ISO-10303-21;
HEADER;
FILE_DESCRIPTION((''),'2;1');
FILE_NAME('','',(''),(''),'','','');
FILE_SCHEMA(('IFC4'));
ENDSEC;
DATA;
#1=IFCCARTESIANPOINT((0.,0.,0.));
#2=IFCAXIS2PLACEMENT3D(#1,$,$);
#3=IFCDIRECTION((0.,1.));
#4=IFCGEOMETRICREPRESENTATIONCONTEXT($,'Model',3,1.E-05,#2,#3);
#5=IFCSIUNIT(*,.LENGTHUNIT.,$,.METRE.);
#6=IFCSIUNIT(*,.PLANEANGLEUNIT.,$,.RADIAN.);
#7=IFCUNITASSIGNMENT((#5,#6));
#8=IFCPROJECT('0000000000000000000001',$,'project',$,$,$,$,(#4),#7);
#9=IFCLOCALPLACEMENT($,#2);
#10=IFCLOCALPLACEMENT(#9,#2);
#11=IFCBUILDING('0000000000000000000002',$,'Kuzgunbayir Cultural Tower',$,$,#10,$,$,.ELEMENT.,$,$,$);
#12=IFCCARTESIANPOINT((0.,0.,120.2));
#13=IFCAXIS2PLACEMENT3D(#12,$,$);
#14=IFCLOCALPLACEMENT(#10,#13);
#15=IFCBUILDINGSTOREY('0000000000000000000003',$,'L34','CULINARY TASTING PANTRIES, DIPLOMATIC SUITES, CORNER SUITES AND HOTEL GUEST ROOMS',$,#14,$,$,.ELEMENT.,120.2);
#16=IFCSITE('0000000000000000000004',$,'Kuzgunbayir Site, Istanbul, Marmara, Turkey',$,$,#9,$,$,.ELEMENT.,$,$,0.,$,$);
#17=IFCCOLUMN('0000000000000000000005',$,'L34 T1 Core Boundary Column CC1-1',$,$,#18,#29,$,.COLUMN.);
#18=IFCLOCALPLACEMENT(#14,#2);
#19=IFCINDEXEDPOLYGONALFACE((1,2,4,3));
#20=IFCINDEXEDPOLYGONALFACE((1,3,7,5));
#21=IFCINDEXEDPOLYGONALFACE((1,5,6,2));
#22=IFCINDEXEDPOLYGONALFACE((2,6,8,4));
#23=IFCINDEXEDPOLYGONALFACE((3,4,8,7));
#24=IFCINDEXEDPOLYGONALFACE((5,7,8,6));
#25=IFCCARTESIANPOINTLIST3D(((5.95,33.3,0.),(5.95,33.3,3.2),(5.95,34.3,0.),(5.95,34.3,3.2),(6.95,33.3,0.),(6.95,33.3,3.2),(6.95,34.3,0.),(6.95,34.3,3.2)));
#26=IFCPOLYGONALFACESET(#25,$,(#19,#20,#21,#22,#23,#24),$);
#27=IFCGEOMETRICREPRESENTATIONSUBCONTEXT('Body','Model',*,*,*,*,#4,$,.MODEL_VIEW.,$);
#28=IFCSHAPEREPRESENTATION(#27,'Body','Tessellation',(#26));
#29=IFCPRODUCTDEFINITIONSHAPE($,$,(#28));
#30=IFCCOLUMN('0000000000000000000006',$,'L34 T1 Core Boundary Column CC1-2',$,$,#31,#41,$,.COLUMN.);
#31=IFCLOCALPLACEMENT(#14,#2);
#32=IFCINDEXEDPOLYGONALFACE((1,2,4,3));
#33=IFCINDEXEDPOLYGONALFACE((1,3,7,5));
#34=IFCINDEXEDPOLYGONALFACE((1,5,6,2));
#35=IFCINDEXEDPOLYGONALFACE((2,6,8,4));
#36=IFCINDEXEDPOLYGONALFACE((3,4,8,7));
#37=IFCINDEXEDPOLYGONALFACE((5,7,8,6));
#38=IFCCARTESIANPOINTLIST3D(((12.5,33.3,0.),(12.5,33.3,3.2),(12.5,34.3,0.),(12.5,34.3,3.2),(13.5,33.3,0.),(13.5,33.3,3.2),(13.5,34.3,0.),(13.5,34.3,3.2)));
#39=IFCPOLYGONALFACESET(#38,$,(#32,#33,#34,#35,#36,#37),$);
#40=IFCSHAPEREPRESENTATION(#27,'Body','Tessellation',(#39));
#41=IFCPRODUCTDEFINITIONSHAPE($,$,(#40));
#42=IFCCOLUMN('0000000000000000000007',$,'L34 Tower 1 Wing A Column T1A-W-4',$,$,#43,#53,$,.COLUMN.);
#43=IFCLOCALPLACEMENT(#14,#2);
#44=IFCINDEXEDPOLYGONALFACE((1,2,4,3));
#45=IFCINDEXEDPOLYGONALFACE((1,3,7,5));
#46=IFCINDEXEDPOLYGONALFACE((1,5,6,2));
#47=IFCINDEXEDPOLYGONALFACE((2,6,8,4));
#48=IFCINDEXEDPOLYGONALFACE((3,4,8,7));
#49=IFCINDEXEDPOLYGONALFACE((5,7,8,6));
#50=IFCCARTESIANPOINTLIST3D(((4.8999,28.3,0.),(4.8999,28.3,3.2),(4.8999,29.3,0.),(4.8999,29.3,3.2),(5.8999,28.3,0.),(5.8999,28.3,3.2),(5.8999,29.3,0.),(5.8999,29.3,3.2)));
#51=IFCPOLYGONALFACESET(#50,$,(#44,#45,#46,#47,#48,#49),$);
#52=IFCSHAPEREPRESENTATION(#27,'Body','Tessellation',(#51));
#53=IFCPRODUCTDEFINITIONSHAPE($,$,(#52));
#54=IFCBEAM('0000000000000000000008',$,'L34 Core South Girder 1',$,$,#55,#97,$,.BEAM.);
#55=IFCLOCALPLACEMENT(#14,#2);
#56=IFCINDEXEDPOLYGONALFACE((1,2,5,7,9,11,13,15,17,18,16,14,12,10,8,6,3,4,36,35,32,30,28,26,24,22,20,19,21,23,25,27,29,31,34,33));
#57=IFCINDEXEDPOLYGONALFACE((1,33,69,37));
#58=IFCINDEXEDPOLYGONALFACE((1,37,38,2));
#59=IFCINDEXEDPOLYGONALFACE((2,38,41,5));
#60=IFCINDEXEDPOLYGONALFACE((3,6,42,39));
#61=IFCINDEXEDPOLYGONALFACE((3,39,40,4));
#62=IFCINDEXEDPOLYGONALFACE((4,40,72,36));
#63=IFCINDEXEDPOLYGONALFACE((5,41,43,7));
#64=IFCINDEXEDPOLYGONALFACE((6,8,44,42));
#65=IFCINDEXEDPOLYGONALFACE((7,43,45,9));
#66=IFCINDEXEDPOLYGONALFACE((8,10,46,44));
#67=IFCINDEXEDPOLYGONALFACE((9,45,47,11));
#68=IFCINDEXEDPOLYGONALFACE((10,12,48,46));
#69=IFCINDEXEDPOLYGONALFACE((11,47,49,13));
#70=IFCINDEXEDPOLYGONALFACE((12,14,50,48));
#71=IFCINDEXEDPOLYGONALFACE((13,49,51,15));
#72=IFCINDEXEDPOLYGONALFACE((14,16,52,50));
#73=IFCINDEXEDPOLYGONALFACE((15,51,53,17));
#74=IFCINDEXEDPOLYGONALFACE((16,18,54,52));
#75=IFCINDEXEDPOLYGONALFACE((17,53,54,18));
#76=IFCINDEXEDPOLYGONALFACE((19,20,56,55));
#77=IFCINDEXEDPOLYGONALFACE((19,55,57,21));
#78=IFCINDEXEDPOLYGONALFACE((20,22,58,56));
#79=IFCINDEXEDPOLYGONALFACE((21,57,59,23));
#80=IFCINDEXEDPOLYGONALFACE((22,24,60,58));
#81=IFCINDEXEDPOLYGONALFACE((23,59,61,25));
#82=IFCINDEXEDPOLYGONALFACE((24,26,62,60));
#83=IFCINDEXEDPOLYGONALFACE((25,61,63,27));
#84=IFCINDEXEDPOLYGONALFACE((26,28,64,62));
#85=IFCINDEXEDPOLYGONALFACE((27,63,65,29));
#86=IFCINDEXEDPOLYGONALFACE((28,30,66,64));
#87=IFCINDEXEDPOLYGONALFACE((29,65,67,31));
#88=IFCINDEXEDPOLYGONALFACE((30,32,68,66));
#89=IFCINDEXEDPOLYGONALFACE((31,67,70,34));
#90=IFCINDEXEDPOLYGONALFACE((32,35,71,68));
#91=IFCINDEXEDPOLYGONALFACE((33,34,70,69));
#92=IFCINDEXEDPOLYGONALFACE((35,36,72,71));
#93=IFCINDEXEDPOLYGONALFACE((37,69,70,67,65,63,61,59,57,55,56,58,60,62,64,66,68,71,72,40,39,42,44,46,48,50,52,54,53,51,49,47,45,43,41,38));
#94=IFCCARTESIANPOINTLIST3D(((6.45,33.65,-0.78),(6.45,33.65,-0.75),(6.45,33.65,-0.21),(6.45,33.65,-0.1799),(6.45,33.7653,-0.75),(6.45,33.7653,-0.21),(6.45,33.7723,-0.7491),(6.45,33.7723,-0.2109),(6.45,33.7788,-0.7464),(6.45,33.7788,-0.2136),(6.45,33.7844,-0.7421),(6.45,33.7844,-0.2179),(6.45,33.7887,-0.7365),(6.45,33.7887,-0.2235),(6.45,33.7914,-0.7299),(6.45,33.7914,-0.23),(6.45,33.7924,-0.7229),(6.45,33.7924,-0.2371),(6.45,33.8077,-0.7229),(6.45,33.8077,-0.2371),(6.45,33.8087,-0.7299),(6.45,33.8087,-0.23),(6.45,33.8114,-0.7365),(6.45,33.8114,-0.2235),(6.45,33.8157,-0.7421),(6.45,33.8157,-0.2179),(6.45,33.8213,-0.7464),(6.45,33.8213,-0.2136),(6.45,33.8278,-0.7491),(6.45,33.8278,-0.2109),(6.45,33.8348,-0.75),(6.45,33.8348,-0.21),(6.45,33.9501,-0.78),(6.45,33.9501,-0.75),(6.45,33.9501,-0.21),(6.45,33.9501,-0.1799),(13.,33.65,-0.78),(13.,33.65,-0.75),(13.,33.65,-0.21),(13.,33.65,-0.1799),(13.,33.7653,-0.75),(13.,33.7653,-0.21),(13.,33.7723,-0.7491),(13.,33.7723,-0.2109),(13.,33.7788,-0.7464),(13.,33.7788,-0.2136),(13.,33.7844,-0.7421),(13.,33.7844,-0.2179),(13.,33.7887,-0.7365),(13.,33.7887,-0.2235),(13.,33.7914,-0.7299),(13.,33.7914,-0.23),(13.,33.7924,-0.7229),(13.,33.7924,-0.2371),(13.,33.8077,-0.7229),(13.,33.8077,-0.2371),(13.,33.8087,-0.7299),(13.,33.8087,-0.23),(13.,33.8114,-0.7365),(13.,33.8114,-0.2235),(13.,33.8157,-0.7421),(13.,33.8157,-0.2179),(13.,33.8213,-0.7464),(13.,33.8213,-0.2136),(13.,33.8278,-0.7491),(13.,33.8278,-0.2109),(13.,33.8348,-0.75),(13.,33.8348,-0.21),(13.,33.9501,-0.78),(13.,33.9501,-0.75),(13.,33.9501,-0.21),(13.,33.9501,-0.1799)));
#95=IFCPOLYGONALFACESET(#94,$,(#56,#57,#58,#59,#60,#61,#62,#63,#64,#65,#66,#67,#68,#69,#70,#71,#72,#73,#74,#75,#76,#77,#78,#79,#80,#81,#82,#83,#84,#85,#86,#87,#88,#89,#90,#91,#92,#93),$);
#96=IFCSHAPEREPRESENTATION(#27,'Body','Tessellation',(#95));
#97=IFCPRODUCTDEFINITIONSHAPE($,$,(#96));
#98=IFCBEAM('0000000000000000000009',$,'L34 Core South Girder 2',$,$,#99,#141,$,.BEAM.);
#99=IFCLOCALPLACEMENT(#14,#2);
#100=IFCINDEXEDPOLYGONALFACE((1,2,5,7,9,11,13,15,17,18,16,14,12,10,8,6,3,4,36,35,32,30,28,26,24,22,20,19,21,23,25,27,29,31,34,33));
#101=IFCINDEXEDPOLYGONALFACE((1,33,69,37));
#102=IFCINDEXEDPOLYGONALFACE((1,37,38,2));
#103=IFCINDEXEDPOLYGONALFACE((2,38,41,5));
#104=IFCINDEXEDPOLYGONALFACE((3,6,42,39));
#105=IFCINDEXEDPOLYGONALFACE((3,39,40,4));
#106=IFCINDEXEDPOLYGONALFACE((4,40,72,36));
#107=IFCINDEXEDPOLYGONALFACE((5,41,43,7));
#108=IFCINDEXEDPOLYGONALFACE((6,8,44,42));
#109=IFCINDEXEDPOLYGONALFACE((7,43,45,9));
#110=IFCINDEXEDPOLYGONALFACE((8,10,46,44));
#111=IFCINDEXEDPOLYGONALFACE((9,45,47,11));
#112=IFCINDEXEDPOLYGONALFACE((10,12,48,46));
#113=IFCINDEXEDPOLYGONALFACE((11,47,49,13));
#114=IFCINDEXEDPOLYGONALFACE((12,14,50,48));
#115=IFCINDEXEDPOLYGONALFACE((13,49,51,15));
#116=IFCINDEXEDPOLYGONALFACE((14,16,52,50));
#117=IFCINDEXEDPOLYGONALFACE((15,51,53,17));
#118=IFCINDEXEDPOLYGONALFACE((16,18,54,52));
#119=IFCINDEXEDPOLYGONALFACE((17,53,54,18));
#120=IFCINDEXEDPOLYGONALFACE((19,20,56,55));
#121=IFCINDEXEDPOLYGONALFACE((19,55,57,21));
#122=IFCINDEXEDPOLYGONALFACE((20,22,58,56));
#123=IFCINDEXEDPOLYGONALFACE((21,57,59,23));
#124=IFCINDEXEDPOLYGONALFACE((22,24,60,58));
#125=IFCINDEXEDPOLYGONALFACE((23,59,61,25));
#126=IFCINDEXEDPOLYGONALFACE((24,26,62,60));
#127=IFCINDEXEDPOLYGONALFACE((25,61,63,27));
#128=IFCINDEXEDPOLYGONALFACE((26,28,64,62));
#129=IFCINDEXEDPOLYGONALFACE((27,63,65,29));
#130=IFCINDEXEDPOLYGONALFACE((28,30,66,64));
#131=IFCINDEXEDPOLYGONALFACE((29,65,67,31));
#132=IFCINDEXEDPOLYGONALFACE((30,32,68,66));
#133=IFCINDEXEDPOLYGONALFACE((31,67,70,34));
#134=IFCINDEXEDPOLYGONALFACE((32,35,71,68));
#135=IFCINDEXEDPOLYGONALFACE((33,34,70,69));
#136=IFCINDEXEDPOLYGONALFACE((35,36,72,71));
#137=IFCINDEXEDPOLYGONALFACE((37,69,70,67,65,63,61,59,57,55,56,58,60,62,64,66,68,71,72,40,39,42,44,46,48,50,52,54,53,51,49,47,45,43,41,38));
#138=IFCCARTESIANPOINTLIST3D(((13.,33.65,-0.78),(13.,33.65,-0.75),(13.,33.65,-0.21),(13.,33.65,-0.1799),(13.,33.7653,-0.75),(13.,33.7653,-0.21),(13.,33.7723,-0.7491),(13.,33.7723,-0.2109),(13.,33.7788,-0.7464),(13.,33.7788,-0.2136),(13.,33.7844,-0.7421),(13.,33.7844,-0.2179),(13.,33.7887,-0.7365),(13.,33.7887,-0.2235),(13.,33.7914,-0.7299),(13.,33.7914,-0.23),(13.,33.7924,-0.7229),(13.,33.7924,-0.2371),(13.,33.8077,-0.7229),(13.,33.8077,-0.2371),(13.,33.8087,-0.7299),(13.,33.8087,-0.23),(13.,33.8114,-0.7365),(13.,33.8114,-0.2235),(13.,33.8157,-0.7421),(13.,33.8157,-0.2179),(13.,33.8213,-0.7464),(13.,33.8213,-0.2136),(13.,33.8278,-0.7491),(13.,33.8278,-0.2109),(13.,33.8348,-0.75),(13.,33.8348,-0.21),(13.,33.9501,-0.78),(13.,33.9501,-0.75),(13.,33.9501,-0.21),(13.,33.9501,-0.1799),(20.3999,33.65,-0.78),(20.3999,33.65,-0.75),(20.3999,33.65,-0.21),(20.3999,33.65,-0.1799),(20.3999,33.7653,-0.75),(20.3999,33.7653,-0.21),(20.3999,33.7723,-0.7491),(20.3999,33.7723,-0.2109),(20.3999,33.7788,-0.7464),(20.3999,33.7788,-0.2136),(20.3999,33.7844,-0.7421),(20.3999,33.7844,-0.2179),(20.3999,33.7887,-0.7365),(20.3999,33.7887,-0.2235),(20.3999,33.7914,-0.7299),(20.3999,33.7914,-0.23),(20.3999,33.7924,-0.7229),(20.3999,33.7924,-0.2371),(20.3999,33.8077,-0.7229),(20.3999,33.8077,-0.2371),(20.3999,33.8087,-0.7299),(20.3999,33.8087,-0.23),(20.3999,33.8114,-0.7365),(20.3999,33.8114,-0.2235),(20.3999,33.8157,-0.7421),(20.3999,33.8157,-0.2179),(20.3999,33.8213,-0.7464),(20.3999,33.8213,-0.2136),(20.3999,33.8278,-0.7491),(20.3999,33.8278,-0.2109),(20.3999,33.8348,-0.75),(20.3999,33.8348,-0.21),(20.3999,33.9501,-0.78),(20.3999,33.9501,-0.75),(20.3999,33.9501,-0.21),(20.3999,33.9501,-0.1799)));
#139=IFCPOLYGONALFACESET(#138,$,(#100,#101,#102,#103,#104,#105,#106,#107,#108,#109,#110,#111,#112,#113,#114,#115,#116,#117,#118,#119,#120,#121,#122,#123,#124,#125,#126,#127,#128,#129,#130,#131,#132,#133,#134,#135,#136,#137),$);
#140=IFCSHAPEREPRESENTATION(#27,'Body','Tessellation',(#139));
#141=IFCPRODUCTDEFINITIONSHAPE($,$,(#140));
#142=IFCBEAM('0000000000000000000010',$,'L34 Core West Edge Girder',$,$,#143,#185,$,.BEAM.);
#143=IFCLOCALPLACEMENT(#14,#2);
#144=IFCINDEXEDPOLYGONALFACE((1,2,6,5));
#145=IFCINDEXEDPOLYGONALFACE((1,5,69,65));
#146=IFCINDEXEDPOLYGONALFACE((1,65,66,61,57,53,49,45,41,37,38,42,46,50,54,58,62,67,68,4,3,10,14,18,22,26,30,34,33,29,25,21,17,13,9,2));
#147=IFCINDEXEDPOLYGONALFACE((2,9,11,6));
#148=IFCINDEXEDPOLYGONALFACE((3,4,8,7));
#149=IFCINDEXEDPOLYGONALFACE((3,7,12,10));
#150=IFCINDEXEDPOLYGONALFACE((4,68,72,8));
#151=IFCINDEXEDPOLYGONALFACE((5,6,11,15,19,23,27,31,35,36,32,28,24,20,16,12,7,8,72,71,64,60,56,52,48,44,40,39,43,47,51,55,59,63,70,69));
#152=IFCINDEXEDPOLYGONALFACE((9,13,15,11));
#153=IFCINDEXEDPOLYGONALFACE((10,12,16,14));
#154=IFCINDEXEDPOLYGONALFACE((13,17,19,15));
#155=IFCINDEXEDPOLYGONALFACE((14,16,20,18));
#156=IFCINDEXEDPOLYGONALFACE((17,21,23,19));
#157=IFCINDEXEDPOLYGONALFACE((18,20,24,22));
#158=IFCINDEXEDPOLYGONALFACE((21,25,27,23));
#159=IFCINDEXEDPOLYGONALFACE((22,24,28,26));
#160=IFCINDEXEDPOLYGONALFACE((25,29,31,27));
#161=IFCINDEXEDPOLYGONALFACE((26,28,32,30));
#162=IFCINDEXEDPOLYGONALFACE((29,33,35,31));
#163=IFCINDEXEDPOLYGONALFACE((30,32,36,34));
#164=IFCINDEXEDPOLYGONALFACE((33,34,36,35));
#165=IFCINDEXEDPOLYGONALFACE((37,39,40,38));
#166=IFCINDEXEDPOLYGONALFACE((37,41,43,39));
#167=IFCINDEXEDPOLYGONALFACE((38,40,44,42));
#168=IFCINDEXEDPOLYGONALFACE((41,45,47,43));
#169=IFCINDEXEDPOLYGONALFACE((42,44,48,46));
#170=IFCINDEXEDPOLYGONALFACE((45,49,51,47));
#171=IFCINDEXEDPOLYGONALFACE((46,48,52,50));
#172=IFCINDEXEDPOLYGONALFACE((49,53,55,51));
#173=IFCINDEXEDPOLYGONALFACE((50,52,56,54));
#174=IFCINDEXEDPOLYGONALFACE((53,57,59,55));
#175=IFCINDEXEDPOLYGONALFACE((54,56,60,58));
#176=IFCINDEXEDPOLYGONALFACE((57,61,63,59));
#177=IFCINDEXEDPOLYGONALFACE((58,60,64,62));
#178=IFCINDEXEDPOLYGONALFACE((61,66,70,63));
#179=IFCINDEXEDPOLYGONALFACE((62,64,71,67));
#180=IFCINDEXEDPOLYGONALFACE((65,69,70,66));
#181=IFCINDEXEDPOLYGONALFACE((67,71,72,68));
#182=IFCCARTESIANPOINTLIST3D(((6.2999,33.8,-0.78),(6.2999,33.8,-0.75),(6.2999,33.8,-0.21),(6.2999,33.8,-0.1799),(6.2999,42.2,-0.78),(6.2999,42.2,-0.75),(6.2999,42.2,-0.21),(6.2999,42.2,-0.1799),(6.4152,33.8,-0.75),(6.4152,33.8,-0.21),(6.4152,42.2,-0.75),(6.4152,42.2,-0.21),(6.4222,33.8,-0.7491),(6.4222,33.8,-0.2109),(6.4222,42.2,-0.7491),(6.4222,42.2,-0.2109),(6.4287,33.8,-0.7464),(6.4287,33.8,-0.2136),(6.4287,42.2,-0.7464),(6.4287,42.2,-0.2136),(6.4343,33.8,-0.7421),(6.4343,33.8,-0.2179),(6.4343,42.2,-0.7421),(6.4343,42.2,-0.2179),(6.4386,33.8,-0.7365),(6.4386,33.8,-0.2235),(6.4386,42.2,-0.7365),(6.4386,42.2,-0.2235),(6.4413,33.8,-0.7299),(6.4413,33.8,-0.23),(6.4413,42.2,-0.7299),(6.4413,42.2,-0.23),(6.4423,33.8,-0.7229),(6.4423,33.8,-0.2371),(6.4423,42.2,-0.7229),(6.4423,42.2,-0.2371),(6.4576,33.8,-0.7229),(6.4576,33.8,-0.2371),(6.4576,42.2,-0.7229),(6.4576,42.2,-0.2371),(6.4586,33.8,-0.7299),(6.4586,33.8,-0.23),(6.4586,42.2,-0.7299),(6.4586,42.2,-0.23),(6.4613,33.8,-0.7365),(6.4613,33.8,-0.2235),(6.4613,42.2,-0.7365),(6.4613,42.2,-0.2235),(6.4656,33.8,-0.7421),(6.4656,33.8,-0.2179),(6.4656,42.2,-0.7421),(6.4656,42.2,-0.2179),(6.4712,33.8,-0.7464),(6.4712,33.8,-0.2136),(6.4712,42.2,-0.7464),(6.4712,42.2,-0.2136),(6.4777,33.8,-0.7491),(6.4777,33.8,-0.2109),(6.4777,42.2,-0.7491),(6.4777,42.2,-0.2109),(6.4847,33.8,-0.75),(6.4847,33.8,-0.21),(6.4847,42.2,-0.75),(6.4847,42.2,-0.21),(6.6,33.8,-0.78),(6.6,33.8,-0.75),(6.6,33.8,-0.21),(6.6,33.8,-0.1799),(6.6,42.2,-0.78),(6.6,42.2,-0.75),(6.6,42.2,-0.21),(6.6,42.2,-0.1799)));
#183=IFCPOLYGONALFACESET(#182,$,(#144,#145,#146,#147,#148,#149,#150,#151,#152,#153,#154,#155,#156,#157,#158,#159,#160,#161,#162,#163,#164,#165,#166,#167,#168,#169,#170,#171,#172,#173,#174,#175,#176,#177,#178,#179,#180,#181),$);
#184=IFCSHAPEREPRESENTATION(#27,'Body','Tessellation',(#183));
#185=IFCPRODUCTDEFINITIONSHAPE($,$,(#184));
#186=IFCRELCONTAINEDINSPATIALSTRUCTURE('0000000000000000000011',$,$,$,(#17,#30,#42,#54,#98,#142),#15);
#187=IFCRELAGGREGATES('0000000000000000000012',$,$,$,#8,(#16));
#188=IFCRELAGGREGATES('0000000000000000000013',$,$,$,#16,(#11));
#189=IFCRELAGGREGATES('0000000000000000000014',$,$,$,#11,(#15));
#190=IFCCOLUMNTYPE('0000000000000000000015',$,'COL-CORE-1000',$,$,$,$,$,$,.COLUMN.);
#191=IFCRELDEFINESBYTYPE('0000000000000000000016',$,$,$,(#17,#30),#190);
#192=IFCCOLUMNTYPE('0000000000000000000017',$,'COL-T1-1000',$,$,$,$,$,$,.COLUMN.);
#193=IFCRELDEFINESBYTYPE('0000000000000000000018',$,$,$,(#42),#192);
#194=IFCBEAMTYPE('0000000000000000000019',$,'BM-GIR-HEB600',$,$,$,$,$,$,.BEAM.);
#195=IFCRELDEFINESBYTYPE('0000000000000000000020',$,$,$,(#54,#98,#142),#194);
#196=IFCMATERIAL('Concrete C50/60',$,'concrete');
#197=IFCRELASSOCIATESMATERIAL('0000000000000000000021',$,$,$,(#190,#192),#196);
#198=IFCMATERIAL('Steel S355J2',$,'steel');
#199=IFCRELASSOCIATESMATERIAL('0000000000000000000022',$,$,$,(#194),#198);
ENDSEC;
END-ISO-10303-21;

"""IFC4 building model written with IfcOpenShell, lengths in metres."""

from ifc_helpers import new_model, si_unit, direction, frame, origin, origin_2d, place, context, subcontext, project, spatial, rectangle, i_section, extrude, material, material_profile, profile_set, type_object, element, save


model = new_model("IFC4")

# Units and contexts
model_context = context("Model", 3, precision=1e-05, world=origin(), true_north=direction((0.0, 1.0)))
body_context = subcontext(model_context, "Body", "Model", "MODEL_VIEW")
ifc_project = project(units=[si_unit("LENGTHUNIT", "METRE"), si_unit("PLANEANGLEUNIT", "RADIAN")], contexts=[model_context])

# Site, building, storey
site_placement = place(None, origin())
site = spatial("IfcSite", under=ifc_project, at=site_placement, Name="Kuzgunbayir Site, Istanbul, Marmara, Turkey", CompositionType="ELEMENT", RefElevation=0.0)
building_placement = place(site_placement, origin())
building = spatial("IfcBuilding", under=site, at=building_placement, Name="Kuzgunbayir Cultural Tower", CompositionType="ELEMENT")
storey_placement = place(building_placement, frame((0.0, 0.0, 120.2)))
storey = spatial("IfcBuildingStorey", under=building, at=storey_placement, Name="L34", Description="CULINARY TASTING PANTRIES, DIPLOMATIC SUITES, CORNER SUITES AND HOTEL GUEST ROOMS", CompositionType="ELEMENT", Elevation=120.2)

# Columns
ifc_material_1 = material(Name="Concrete C50/60", Category="concrete")
ifc_material_profile_1 = material_profile(ifc_material_1, rectangle(XDim=1.0, YDim=1.0, at=origin_2d()), Name="RC 1000x1000")
ifc_profile_set_1 = profile_set([ifc_material_profile_1], Name="Concrete C50/60")
column_type_1 = type_object("IfcColumnType", Name="COL-CORE-1000", PredefinedType="COLUMN", material=ifc_profile_set_1)
for number, where, z_axis, x_axis, name in (
    (1, (6.45, 33.8, 0.0), (0.0, 0.0, 1.0), (1.0, 0.0, 0.0), "L34 T1 Core Boundary Column CC1-1"),
    (2, (13.0, 33.8, 0.0), (0.0, 0.0, 1.0), (1.0, 0.0, 0.0), "L34 T1 Core Boundary Column CC1-2"),
):
    element("IfcColumn", number, at=place(storey_placement, frame(where, z_axis=z_axis, x_axis=x_axis)), inside=storey, type_object=column_type_1, Name=name, PredefinedType="COLUMN", context=body_context, shape_type="SweptSolid", body=[
        extrude(rectangle(XDim=1.0, YDim=1.0, at=origin_2d()), origin(), (0.0, 0.0, 1.0), 3.2),
    ])
ifc_material_profile_2 = material_profile(ifc_material_1, rectangle(XDim=1.0, YDim=1.0, at=origin_2d()), Name="RC 1000x1000")
ifc_profile_set_2 = profile_set([ifc_material_profile_2], Name="Concrete C50/60")
column_type_2 = type_object("IfcColumnType", Name="COL-T1-1000", PredefinedType="COLUMN", material=ifc_profile_set_2)
column_placement = place(storey_placement, frame((5.3999, 28.8, 0.0), z_axis=(0.0, 0.0, 1.0), x_axis=(1.0, 0.0, 0.0)))
element("IfcColumn", 3, at=column_placement, inside=storey, type_object=column_type_2, Name="L34 Tower 1 Wing A Column T1A-W-4", PredefinedType="COLUMN", context=body_context, shape_type="SweptSolid", body=[
    extrude(rectangle(XDim=1.0, YDim=1.0, at=origin_2d()), origin(), (0.0, 0.0, 1.0), 3.2),
])

# Beams
ifc_material_2 = material(Name="Steel S355J2", Category="steel")
ifc_material_profile_3 = material_profile(ifc_material_2, i_section(OverallWidth=0.3, OverallDepth=0.6001, WebThickness=0.0154, FlangeThickness=0.03, FilletRadius=0.0271, at=origin_2d()), Name="HEB 600")
ifc_profile_set_3 = profile_set([ifc_material_profile_3], Name="Steel S355J2")
beam_type = type_object("IfcBeamType", Name="BM-GIR-HEB600", PredefinedType="BEAM", material=ifc_profile_set_3)
beam_1_placement = place(storey_placement, frame((6.45, 33.8, -0.48), z_axis=(1.0, 0.0, 0.0), x_axis=(0.0, 1.0, 0.0)))
element("IfcBeam", 4, at=beam_1_placement, inside=storey, type_object=beam_type, Name="L34 Core South Girder 1", PredefinedType="BEAM", context=body_context, shape_type="SweptSolid", body=[
    extrude(i_section(OverallWidth=0.3, OverallDepth=0.6001, WebThickness=0.0154, FlangeThickness=0.03, FilletRadius=0.0271, at=origin_2d()), origin(), (0.0, 0.0, 1.0), 6.55),
])
beam_2_placement = place(storey_placement, frame((13.0, 33.8, -0.48), z_axis=(1.0, 0.0, 0.0), x_axis=(0.0, 1.0, 0.0)))
element("IfcBeam", 5, at=beam_2_placement, inside=storey, type_object=beam_type, Name="L34 Core South Girder 2", PredefinedType="BEAM", context=body_context, shape_type="SweptSolid", body=[
    extrude(i_section(OverallWidth=0.3, OverallDepth=0.6001, WebThickness=0.0154, FlangeThickness=0.03, FilletRadius=0.0271, at=origin_2d()), origin(), (0.0, 0.0, 1.0), 7.3999),
])
beam_3_placement = place(storey_placement, frame((6.45, 33.8, -0.48), z_axis=(0.0, 1.0, 0.0), x_axis=(-1.0, 0.0, 0.0)))
element("IfcBeam", 6, at=beam_3_placement, inside=storey, type_object=beam_type, Name="L34 Core West Edge Girder", PredefinedType="BEAM", context=body_context, shape_type="SweptSolid", body=[
    extrude(i_section(OverallWidth=0.3, OverallDepth=0.6001, WebThickness=0.0154, FlangeThickness=0.03, FilletRadius=0.0271, at=origin_2d()), origin(), (0.0, 0.0, 1.0), 8.3999),
])

save(model, "model.ifc")
